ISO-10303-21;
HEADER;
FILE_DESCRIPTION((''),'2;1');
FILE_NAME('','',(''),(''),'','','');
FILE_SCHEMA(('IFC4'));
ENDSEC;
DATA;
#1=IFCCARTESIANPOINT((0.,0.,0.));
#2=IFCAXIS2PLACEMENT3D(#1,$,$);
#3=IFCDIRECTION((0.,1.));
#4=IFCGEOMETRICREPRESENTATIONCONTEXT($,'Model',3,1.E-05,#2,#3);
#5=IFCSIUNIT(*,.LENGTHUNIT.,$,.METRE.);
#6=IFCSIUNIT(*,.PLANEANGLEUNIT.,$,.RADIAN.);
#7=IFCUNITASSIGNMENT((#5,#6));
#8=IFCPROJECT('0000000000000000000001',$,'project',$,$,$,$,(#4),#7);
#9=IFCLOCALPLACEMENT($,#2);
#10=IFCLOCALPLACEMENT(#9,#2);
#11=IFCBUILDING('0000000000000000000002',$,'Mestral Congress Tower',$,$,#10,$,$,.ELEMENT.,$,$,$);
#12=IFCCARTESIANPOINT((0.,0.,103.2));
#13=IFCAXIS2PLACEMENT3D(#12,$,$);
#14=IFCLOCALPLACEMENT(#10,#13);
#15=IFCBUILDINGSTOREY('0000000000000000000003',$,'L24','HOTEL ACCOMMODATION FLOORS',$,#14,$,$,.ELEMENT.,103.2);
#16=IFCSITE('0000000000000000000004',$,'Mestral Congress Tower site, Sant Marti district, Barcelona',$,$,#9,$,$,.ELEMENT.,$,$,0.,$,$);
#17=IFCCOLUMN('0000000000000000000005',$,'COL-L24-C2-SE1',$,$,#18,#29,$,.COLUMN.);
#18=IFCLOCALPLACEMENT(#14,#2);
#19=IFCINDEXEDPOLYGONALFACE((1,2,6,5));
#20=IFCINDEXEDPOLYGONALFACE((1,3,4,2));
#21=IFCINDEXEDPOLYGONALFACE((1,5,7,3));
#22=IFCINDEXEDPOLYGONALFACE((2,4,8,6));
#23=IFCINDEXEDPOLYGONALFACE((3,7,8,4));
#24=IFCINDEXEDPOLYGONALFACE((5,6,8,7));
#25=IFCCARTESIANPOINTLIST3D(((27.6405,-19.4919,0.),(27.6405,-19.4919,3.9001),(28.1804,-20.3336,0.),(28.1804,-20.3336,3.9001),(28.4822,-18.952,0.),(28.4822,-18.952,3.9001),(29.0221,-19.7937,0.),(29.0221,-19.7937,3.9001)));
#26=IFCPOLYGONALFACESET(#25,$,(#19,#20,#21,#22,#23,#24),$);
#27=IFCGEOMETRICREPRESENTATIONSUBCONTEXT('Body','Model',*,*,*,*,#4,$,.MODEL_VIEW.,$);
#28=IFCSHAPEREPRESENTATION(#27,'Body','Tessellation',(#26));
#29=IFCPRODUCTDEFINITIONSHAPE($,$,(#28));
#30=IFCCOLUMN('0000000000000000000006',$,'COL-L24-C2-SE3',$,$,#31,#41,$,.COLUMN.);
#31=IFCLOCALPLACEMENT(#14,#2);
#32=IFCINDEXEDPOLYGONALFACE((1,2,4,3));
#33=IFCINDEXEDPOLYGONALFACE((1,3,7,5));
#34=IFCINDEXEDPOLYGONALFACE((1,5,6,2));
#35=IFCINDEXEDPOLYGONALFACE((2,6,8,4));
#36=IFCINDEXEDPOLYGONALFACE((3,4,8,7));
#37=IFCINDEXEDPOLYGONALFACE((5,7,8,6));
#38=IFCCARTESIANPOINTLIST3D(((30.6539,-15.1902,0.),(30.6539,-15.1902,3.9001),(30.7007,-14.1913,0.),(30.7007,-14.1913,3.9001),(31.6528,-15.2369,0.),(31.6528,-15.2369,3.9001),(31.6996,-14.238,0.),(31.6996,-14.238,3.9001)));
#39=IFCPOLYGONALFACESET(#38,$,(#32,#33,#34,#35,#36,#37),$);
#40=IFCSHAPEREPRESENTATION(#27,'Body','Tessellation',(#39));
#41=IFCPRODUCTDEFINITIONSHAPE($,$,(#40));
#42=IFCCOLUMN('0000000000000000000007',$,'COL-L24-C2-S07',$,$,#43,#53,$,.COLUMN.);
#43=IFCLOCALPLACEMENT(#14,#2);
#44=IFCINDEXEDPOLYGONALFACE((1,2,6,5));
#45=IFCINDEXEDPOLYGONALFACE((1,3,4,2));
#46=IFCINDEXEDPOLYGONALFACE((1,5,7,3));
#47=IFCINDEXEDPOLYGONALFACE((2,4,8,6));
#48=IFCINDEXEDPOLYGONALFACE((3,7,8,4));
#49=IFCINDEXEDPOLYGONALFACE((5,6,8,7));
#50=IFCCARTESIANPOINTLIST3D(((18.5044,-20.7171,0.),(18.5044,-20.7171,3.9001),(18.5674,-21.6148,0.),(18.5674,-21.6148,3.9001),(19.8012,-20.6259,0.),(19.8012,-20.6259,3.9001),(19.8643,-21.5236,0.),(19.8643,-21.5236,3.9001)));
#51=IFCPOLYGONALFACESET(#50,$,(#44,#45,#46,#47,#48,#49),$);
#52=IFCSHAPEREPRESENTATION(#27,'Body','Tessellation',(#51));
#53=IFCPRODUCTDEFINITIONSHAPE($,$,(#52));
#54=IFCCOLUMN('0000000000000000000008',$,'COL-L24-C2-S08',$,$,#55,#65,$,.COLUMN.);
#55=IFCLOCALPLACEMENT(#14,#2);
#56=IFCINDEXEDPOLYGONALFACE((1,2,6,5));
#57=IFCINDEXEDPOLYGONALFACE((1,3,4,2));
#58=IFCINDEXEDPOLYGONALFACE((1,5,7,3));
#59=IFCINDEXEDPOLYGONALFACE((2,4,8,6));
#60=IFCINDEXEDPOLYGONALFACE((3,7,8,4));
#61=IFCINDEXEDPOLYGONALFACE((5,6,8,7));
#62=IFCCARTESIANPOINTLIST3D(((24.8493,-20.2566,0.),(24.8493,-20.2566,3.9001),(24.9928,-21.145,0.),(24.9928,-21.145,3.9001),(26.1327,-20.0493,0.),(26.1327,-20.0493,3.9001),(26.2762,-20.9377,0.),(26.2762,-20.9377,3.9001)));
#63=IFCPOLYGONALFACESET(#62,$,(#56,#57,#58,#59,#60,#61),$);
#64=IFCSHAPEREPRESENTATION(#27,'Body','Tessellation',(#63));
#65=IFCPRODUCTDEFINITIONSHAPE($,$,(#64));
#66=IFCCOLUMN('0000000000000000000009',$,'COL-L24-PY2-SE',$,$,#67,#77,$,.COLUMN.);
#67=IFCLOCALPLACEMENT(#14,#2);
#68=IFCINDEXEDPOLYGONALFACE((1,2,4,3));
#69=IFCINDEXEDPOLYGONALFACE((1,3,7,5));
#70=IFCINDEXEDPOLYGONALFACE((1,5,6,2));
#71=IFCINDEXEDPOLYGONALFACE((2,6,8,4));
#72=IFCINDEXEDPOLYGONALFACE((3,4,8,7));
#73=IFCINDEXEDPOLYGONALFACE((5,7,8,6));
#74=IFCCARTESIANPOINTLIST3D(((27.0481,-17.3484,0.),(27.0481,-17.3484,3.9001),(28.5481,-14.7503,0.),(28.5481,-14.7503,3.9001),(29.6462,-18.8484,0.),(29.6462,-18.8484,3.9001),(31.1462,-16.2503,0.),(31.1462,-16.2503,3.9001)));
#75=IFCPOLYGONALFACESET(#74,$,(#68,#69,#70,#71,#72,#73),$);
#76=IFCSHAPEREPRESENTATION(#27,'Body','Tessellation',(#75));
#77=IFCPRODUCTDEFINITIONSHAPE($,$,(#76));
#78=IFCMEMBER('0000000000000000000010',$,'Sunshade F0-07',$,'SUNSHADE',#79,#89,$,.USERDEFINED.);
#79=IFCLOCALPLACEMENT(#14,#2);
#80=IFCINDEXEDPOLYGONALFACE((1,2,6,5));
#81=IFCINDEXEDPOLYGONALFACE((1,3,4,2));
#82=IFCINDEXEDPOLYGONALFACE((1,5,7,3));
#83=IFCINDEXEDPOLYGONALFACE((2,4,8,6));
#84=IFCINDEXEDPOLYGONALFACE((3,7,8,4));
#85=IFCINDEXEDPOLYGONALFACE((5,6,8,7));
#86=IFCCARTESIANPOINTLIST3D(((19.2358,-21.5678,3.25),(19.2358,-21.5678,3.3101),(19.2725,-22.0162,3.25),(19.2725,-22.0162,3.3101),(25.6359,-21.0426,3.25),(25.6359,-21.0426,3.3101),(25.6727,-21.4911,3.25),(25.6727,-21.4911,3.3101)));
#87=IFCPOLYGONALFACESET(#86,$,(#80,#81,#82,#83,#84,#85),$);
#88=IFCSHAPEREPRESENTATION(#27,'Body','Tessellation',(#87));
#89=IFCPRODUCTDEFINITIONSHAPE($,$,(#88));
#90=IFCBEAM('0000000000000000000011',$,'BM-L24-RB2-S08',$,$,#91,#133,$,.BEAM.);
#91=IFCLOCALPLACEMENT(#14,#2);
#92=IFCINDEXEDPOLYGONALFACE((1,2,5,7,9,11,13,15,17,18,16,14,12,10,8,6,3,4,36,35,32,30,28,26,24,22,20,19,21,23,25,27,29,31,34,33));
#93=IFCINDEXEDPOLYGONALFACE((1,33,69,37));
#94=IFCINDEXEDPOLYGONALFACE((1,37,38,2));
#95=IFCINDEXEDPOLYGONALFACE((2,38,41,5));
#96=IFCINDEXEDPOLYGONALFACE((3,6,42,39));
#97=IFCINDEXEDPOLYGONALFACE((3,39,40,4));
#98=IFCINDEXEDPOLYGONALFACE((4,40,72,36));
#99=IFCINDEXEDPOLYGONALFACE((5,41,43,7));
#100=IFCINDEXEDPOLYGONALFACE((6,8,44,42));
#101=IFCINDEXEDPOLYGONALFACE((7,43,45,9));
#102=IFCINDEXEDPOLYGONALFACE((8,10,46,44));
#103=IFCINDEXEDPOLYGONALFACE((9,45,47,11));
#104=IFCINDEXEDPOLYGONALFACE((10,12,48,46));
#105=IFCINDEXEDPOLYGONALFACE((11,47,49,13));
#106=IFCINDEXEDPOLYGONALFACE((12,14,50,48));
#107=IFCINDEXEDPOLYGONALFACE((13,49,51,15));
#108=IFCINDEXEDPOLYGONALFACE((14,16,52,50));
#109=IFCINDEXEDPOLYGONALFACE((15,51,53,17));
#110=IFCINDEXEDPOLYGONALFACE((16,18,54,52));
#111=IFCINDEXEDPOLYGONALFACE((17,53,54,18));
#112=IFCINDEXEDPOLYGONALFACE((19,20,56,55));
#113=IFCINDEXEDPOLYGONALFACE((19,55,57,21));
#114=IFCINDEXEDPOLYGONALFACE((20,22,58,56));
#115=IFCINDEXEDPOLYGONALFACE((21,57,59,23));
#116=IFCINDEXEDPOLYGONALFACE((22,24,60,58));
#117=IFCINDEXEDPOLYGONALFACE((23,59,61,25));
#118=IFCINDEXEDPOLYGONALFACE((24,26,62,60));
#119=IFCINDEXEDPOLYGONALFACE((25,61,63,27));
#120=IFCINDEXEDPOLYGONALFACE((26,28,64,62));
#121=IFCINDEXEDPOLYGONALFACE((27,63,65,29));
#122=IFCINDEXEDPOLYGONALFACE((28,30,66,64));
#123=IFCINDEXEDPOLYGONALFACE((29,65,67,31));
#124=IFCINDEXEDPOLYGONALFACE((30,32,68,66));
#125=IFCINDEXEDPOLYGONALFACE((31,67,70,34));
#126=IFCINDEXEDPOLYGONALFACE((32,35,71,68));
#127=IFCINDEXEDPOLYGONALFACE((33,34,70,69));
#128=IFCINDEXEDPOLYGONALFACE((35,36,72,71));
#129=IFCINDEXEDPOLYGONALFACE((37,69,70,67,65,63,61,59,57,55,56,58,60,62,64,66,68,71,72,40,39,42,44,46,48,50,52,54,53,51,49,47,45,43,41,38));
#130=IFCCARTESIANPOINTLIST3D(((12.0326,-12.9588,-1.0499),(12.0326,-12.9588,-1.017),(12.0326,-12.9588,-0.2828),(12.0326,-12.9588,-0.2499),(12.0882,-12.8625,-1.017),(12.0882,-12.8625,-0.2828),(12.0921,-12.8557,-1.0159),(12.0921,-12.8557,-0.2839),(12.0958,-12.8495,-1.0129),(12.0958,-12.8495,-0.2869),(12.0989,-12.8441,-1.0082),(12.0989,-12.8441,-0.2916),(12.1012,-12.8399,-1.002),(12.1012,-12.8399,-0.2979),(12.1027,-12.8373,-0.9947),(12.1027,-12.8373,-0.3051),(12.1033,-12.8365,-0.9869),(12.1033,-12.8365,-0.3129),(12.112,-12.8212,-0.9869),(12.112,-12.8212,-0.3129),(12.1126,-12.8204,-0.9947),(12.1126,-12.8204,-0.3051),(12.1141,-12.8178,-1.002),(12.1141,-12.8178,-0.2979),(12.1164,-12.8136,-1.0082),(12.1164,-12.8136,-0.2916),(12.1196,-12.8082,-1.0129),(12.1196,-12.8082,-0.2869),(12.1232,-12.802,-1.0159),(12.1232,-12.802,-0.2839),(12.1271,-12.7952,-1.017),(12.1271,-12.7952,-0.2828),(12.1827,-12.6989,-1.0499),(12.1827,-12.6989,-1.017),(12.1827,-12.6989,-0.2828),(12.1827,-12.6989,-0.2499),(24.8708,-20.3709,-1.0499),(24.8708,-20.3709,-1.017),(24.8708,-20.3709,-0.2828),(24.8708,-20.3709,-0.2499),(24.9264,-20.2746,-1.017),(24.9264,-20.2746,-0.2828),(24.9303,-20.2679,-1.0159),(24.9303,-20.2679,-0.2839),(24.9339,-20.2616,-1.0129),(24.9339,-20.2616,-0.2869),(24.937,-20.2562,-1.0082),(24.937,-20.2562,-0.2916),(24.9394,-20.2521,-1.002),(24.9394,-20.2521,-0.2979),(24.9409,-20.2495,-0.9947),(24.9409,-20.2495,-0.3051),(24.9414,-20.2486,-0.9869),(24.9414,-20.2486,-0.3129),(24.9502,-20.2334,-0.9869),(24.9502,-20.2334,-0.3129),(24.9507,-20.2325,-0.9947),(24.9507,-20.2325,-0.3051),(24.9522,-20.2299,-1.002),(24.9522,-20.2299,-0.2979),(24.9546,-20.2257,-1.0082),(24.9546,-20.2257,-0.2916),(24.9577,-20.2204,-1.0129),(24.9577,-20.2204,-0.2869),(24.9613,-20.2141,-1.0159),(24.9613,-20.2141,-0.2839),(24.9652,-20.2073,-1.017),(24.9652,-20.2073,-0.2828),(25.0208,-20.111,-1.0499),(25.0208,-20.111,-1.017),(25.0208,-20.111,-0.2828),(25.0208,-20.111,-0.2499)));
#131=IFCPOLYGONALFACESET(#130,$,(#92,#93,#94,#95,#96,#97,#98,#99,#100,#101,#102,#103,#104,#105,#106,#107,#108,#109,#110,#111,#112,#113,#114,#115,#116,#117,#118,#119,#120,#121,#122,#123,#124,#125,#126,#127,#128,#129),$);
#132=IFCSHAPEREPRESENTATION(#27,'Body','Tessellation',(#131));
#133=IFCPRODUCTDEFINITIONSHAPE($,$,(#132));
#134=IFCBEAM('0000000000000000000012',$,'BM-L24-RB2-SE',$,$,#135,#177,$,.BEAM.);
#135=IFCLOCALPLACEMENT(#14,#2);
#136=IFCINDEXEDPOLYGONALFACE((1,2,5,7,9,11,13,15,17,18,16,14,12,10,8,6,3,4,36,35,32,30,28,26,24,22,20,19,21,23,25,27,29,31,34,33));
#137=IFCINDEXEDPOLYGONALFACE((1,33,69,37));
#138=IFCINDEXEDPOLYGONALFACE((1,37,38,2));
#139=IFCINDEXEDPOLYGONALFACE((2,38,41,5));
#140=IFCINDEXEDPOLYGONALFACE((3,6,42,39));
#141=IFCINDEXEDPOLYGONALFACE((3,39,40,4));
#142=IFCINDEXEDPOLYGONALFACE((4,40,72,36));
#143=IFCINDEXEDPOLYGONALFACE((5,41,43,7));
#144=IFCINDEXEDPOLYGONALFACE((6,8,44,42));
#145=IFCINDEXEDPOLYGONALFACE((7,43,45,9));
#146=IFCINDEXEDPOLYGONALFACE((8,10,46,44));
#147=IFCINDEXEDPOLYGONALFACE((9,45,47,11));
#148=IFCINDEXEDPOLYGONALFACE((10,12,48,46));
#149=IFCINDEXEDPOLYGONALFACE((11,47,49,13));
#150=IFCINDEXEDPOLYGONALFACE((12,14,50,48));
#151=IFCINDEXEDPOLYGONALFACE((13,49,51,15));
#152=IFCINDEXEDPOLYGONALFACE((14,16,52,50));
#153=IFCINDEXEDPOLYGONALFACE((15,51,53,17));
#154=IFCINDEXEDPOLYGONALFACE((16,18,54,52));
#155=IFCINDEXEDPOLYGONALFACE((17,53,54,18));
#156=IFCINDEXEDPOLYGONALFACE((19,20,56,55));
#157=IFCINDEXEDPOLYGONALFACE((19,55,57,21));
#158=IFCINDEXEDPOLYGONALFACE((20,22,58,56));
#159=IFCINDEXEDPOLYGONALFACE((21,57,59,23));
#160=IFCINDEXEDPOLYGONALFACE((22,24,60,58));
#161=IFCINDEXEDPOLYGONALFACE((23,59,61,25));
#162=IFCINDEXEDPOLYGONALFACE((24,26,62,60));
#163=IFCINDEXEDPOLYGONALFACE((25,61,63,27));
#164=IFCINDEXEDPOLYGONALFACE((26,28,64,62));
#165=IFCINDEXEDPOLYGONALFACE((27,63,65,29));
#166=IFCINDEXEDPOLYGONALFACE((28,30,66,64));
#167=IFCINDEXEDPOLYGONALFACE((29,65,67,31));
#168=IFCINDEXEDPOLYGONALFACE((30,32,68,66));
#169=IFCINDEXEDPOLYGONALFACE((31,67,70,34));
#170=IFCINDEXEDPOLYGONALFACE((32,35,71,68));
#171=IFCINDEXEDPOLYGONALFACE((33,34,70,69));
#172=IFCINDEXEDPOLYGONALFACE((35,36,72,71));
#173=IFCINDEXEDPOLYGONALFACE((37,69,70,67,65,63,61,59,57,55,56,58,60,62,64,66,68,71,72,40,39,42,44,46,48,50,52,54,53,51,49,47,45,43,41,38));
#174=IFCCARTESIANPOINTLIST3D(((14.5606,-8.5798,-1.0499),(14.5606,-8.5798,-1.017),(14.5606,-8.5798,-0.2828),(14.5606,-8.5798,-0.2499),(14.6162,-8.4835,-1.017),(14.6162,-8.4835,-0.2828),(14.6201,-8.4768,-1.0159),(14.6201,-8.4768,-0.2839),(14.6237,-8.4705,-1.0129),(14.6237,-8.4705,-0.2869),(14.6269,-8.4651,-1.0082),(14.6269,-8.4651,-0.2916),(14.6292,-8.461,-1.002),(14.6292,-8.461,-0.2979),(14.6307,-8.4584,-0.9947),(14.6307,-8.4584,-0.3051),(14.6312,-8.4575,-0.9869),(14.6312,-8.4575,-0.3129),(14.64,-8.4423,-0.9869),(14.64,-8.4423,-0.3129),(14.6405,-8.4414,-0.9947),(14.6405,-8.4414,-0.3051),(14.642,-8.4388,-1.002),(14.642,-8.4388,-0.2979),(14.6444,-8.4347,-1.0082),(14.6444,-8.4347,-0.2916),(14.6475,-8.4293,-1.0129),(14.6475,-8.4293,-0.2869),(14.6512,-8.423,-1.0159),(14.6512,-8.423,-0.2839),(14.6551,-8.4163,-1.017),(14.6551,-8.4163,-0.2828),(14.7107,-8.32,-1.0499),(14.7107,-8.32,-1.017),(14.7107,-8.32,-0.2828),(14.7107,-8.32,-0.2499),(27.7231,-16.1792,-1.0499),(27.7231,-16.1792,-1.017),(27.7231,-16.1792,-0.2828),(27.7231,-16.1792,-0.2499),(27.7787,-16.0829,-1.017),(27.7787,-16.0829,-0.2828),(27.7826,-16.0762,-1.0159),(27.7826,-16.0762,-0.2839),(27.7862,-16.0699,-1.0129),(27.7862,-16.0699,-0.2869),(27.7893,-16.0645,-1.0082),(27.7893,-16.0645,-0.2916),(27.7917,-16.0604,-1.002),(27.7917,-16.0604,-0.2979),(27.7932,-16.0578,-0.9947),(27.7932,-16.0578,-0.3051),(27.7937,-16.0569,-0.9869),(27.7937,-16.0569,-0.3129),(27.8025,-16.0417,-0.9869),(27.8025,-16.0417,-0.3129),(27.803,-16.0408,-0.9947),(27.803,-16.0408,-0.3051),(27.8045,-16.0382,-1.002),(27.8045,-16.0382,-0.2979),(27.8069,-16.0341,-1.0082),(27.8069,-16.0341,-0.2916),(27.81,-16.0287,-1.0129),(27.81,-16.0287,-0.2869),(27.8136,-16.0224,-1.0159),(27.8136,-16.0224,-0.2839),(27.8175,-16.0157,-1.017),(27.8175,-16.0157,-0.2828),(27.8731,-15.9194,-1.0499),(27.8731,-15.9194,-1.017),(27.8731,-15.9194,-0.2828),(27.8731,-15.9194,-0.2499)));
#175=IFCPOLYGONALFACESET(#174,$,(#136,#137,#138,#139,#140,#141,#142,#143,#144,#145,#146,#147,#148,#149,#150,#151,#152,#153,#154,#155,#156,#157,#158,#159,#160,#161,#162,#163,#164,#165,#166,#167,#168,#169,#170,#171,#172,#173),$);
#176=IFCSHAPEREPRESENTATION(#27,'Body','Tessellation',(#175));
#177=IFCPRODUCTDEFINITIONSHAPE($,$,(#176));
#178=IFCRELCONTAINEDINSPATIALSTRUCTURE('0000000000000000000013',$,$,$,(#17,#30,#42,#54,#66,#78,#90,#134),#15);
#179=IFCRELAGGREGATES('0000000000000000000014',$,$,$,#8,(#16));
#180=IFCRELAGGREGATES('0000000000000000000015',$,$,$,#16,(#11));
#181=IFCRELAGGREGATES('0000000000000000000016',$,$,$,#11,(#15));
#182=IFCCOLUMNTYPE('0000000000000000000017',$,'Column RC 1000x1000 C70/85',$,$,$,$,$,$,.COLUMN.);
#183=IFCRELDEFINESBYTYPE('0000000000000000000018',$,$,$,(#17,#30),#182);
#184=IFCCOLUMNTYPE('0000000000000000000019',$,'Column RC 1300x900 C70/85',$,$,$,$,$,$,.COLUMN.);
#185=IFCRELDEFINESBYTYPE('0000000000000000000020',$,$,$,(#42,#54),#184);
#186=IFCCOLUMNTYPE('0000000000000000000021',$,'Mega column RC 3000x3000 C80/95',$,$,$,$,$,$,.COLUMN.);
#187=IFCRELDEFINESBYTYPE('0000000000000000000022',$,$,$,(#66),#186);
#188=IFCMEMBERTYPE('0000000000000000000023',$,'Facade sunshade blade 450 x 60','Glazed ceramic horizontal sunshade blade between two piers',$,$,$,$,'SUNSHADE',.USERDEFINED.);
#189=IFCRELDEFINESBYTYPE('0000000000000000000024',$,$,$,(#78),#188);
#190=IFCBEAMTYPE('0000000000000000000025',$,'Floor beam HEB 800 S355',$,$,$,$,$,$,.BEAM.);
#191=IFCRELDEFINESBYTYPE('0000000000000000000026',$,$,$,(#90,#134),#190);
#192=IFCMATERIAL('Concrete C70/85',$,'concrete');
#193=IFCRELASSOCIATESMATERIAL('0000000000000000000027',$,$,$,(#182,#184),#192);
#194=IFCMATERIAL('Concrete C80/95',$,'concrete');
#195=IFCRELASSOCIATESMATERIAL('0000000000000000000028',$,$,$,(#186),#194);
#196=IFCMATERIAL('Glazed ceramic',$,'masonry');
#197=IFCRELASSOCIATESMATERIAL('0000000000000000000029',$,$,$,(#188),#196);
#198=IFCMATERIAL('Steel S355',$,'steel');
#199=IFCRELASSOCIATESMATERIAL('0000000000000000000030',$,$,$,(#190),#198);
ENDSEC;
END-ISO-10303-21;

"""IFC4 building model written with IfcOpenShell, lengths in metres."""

from ifc_helpers import new_model, si_unit, direction, frame, origin, origin_2d, place, context, subcontext, project, spatial, rectangle, i_section, extrude, material, material_profile, profile_set, type_object, element, save


model = new_model("IFC4")

# Units and contexts
model_context = context("Model", 3, precision=1e-05, world=origin(), true_north=direction((0.0, 1.0)))
body_context = subcontext(model_context, "Body", "Model", "MODEL_VIEW")
ifc_project = project(units=[si_unit("LENGTHUNIT", "METRE"), si_unit("PLANEANGLEUNIT", "RADIAN")], contexts=[model_context])

# Site, building, storey
site_placement = place(None, origin())
site = spatial("IfcSite", under=ifc_project, at=site_placement, Name="Mestral Congress Tower site, Sant Marti district, Barcelona", CompositionType="ELEMENT", RefElevation=0.0)
building_placement = place(site_placement, origin())
building = spatial("IfcBuilding", under=site, at=building_placement, Name="Mestral Congress Tower", CompositionType="ELEMENT")
storey_placement = place(building_placement, frame((0.0, 0.0, 103.2)))
storey = spatial("IfcBuildingStorey", under=building, at=storey_placement, Name="L24", Description="HOTEL ACCOMMODATION FLOORS", CompositionType="ELEMENT", Elevation=103.2)

# Columns
ifc_material_1 = material(Name="Concrete C70/85", Category="concrete")
ifc_material_profile_1 = material_profile(ifc_material_1, rectangle(XDim=1.0, YDim=1.0, at=origin_2d()), Name="RC 1000x1000")
ifc_profile_set_1 = profile_set([ifc_material_profile_1], Name="Concrete C70/85")
column_type_1 = type_object("IfcColumnType", Name="Column RC 1000x1000 C70/85", PredefinedType="COLUMN", material=ifc_profile_set_1)
for number, where, z_axis, x_axis, name in (
    (1, (28.3313, -19.6428, 0.0), (0.0, 0.0, 1.0), (0.8417, 0.539945, 0.0), "COL-L24-C2-SE1"),
    (2, (31.1768, -14.7141, 0.0), (0.0, 0.0, 1.0), (0.046756, 0.998906, 0.0), "COL-L24-C2-SE3"),
):
    element("IfcColumn", number, at=place(storey_placement, frame(where, z_axis=z_axis, x_axis=x_axis)), inside=storey, type_object=column_type_1, Name=name, PredefinedType="COLUMN", context=body_context, shape_type="SweptSolid", body=[
        extrude(rectangle(XDim=1.0, YDim=1.0, at=origin_2d()), origin(), (0.0, 0.0, 1.0), 3.9001),
    ])
ifc_material_profile_2 = material_profile(ifc_material_1, rectangle(XDim=1.3, YDim=0.8999, at=origin_2d()), Name="RC 1300x900")
ifc_profile_set_2 = profile_set([ifc_material_profile_2], Name="Concrete C70/85")
column_type_2 = type_object("IfcColumnType", Name="Column RC 1300x900 C70/85", PredefinedType="COLUMN", material=ifc_profile_set_2)
for number, where, z_axis, x_axis, name in (
    (3, (19.1843, -21.1204, 0.0), (0.0, 0.0, 1.0), (0.99754, 0.070101, 0.0), "COL-L24-C2-S07"),
    (4, (25.5627, -20.5972, 0.0), (0.0, 0.0, 1.0), (0.987202, 0.159473, 0.0), "COL-L24-C2-S08"),
):
    element("IfcColumn", number, at=place(storey_placement, frame(where, z_axis=z_axis, x_axis=x_axis)), inside=storey, type_object=column_type_2, Name=name, PredefinedType="COLUMN", context=body_context, shape_type="SweptSolid", body=[
        extrude(rectangle(XDim=1.3, YDim=0.8999, at=origin_2d()), origin(), (0.0, 0.0, 1.0), 3.9001),
    ])
ifc_material_2 = material(Name="Concrete C80/95", Category="concrete")
ifc_material_profile_3 = material_profile(ifc_material_2, rectangle(XDim=3.0, YDim=3.0, at=origin_2d()), Name="RC 3000x3000")
ifc_profile_set_3 = profile_set([ifc_material_profile_3], Name="Concrete C80/95")
column_type_3 = type_object("IfcColumnType", Name="Mega column RC 3000x3000 C80/95", PredefinedType="COLUMN", material=ifc_profile_set_3)
column_placement = place(storey_placement, frame((29.0972, -16.7993, 0.0), z_axis=(0.0, 0.0, 1.0), x_axis=(0.866025, -0.5, 0.0)))
element("IfcColumn", 5, at=column_placement, inside=storey, type_object=column_type_3, Name="COL-L24-PY2-SE", PredefinedType="COLUMN", context=body_context, shape_type="SweptSolid", body=[
    extrude(rectangle(XDim=3.0, YDim=3.0, at=origin_2d()), origin(), (0.0, 0.0, 1.0), 3.9001),
])

# Member
ifc_material_3 = material(Name="Glazed ceramic", Category="masonry")
ifc_material_profile_4 = material_profile(ifc_material_3, rectangle(XDim=0.45, YDim=0.0601, at=origin_2d()), Name="Ceramic blade 450 x 60")
ifc_profile_set_4 = profile_set([ifc_material_profile_4], Name="Glazed ceramic")
member_type = type_object("IfcMemberType", Name="Facade sunshade blade 450 x 60", Description="Glazed ceramic horizontal sunshade blade between two piers", ElementType="SUNSHADE", PredefinedType="USERDEFINED", material=ifc_profile_set_4)
member_placement = place(storey_placement, frame((19.2542, -21.792, 3.28), z_axis=(0.996651, 0.081777, 0.0), x_axis=(-0.081777, 0.996651, 0.0)))
element("IfcMember", 6, at=member_placement, inside=storey, type_object=member_type, Name="Sunshade F0-07", ObjectType="SUNSHADE", PredefinedType="USERDEFINED", context=body_context, shape_type="SweptSolid", body=[
    extrude(rectangle(XDim=0.45, YDim=0.0601, at=origin_2d()), origin(), (0.0, 0.0, 1.0), 6.4216),
])

# Beams
ifc_material_4 = material(Name="Steel S355", Category="steel")
ifc_material_profile_5 = material_profile(ifc_material_4, i_section(OverallWidth=0.3, OverallDepth=0.8, WebThickness=0.0176, FlangeThickness=0.033, FilletRadius=0.03, at=origin_2d()), Name="HEB 800")
ifc_profile_set_5 = profile_set([ifc_material_profile_5], Name="Steel S355")
beam_type_1 = type_object("IfcBeamType", Name="Floor beam HEB 800 S355", PredefinedType="BEAM", material=ifc_profile_set_5)
beam_1_placement = place(storey_placement, frame((24.9458, -20.241, -0.6499), z_axis=(-0.866025, 0.5, 0.0), x_axis=(-0.5, -0.866025, 0.0)))
element("IfcBeam", 7, at=beam_1_placement, inside=storey, type_object=beam_type_1, Name="BM-L24-RB2-S08", PredefinedType="BEAM", context=body_context, shape_type="SweptSolid", body=[
    extrude(i_section(OverallWidth=0.3, OverallDepth=0.8, WebThickness=0.0176, FlangeThickness=0.033, FilletRadius=0.03, at=origin_2d()), origin(), (0.0, 0.0, 1.0), 14.8242),
])
beam_2_placement = place(storey_placement, frame((27.7981, -16.0493, -0.6499), z_axis=(-0.866023, 0.500004, 0.0), x_axis=(-0.500004, -0.866023, 0.0)))
element("IfcBeam", 8, at=beam_2_placement, inside=storey, type_object=beam_type_1, Name="BM-L24-RB2-SE", PredefinedType="BEAM", context=body_context, shape_type="SweptSolid", body=[
    extrude(i_section(OverallWidth=0.3, OverallDepth=0.8, WebThickness=0.0176, FlangeThickness=0.033, FilletRadius=0.03, at=origin_2d()), origin(), (0.0, 0.0, 1.0), 15.1987),
])

save(model, "model.ifc")
